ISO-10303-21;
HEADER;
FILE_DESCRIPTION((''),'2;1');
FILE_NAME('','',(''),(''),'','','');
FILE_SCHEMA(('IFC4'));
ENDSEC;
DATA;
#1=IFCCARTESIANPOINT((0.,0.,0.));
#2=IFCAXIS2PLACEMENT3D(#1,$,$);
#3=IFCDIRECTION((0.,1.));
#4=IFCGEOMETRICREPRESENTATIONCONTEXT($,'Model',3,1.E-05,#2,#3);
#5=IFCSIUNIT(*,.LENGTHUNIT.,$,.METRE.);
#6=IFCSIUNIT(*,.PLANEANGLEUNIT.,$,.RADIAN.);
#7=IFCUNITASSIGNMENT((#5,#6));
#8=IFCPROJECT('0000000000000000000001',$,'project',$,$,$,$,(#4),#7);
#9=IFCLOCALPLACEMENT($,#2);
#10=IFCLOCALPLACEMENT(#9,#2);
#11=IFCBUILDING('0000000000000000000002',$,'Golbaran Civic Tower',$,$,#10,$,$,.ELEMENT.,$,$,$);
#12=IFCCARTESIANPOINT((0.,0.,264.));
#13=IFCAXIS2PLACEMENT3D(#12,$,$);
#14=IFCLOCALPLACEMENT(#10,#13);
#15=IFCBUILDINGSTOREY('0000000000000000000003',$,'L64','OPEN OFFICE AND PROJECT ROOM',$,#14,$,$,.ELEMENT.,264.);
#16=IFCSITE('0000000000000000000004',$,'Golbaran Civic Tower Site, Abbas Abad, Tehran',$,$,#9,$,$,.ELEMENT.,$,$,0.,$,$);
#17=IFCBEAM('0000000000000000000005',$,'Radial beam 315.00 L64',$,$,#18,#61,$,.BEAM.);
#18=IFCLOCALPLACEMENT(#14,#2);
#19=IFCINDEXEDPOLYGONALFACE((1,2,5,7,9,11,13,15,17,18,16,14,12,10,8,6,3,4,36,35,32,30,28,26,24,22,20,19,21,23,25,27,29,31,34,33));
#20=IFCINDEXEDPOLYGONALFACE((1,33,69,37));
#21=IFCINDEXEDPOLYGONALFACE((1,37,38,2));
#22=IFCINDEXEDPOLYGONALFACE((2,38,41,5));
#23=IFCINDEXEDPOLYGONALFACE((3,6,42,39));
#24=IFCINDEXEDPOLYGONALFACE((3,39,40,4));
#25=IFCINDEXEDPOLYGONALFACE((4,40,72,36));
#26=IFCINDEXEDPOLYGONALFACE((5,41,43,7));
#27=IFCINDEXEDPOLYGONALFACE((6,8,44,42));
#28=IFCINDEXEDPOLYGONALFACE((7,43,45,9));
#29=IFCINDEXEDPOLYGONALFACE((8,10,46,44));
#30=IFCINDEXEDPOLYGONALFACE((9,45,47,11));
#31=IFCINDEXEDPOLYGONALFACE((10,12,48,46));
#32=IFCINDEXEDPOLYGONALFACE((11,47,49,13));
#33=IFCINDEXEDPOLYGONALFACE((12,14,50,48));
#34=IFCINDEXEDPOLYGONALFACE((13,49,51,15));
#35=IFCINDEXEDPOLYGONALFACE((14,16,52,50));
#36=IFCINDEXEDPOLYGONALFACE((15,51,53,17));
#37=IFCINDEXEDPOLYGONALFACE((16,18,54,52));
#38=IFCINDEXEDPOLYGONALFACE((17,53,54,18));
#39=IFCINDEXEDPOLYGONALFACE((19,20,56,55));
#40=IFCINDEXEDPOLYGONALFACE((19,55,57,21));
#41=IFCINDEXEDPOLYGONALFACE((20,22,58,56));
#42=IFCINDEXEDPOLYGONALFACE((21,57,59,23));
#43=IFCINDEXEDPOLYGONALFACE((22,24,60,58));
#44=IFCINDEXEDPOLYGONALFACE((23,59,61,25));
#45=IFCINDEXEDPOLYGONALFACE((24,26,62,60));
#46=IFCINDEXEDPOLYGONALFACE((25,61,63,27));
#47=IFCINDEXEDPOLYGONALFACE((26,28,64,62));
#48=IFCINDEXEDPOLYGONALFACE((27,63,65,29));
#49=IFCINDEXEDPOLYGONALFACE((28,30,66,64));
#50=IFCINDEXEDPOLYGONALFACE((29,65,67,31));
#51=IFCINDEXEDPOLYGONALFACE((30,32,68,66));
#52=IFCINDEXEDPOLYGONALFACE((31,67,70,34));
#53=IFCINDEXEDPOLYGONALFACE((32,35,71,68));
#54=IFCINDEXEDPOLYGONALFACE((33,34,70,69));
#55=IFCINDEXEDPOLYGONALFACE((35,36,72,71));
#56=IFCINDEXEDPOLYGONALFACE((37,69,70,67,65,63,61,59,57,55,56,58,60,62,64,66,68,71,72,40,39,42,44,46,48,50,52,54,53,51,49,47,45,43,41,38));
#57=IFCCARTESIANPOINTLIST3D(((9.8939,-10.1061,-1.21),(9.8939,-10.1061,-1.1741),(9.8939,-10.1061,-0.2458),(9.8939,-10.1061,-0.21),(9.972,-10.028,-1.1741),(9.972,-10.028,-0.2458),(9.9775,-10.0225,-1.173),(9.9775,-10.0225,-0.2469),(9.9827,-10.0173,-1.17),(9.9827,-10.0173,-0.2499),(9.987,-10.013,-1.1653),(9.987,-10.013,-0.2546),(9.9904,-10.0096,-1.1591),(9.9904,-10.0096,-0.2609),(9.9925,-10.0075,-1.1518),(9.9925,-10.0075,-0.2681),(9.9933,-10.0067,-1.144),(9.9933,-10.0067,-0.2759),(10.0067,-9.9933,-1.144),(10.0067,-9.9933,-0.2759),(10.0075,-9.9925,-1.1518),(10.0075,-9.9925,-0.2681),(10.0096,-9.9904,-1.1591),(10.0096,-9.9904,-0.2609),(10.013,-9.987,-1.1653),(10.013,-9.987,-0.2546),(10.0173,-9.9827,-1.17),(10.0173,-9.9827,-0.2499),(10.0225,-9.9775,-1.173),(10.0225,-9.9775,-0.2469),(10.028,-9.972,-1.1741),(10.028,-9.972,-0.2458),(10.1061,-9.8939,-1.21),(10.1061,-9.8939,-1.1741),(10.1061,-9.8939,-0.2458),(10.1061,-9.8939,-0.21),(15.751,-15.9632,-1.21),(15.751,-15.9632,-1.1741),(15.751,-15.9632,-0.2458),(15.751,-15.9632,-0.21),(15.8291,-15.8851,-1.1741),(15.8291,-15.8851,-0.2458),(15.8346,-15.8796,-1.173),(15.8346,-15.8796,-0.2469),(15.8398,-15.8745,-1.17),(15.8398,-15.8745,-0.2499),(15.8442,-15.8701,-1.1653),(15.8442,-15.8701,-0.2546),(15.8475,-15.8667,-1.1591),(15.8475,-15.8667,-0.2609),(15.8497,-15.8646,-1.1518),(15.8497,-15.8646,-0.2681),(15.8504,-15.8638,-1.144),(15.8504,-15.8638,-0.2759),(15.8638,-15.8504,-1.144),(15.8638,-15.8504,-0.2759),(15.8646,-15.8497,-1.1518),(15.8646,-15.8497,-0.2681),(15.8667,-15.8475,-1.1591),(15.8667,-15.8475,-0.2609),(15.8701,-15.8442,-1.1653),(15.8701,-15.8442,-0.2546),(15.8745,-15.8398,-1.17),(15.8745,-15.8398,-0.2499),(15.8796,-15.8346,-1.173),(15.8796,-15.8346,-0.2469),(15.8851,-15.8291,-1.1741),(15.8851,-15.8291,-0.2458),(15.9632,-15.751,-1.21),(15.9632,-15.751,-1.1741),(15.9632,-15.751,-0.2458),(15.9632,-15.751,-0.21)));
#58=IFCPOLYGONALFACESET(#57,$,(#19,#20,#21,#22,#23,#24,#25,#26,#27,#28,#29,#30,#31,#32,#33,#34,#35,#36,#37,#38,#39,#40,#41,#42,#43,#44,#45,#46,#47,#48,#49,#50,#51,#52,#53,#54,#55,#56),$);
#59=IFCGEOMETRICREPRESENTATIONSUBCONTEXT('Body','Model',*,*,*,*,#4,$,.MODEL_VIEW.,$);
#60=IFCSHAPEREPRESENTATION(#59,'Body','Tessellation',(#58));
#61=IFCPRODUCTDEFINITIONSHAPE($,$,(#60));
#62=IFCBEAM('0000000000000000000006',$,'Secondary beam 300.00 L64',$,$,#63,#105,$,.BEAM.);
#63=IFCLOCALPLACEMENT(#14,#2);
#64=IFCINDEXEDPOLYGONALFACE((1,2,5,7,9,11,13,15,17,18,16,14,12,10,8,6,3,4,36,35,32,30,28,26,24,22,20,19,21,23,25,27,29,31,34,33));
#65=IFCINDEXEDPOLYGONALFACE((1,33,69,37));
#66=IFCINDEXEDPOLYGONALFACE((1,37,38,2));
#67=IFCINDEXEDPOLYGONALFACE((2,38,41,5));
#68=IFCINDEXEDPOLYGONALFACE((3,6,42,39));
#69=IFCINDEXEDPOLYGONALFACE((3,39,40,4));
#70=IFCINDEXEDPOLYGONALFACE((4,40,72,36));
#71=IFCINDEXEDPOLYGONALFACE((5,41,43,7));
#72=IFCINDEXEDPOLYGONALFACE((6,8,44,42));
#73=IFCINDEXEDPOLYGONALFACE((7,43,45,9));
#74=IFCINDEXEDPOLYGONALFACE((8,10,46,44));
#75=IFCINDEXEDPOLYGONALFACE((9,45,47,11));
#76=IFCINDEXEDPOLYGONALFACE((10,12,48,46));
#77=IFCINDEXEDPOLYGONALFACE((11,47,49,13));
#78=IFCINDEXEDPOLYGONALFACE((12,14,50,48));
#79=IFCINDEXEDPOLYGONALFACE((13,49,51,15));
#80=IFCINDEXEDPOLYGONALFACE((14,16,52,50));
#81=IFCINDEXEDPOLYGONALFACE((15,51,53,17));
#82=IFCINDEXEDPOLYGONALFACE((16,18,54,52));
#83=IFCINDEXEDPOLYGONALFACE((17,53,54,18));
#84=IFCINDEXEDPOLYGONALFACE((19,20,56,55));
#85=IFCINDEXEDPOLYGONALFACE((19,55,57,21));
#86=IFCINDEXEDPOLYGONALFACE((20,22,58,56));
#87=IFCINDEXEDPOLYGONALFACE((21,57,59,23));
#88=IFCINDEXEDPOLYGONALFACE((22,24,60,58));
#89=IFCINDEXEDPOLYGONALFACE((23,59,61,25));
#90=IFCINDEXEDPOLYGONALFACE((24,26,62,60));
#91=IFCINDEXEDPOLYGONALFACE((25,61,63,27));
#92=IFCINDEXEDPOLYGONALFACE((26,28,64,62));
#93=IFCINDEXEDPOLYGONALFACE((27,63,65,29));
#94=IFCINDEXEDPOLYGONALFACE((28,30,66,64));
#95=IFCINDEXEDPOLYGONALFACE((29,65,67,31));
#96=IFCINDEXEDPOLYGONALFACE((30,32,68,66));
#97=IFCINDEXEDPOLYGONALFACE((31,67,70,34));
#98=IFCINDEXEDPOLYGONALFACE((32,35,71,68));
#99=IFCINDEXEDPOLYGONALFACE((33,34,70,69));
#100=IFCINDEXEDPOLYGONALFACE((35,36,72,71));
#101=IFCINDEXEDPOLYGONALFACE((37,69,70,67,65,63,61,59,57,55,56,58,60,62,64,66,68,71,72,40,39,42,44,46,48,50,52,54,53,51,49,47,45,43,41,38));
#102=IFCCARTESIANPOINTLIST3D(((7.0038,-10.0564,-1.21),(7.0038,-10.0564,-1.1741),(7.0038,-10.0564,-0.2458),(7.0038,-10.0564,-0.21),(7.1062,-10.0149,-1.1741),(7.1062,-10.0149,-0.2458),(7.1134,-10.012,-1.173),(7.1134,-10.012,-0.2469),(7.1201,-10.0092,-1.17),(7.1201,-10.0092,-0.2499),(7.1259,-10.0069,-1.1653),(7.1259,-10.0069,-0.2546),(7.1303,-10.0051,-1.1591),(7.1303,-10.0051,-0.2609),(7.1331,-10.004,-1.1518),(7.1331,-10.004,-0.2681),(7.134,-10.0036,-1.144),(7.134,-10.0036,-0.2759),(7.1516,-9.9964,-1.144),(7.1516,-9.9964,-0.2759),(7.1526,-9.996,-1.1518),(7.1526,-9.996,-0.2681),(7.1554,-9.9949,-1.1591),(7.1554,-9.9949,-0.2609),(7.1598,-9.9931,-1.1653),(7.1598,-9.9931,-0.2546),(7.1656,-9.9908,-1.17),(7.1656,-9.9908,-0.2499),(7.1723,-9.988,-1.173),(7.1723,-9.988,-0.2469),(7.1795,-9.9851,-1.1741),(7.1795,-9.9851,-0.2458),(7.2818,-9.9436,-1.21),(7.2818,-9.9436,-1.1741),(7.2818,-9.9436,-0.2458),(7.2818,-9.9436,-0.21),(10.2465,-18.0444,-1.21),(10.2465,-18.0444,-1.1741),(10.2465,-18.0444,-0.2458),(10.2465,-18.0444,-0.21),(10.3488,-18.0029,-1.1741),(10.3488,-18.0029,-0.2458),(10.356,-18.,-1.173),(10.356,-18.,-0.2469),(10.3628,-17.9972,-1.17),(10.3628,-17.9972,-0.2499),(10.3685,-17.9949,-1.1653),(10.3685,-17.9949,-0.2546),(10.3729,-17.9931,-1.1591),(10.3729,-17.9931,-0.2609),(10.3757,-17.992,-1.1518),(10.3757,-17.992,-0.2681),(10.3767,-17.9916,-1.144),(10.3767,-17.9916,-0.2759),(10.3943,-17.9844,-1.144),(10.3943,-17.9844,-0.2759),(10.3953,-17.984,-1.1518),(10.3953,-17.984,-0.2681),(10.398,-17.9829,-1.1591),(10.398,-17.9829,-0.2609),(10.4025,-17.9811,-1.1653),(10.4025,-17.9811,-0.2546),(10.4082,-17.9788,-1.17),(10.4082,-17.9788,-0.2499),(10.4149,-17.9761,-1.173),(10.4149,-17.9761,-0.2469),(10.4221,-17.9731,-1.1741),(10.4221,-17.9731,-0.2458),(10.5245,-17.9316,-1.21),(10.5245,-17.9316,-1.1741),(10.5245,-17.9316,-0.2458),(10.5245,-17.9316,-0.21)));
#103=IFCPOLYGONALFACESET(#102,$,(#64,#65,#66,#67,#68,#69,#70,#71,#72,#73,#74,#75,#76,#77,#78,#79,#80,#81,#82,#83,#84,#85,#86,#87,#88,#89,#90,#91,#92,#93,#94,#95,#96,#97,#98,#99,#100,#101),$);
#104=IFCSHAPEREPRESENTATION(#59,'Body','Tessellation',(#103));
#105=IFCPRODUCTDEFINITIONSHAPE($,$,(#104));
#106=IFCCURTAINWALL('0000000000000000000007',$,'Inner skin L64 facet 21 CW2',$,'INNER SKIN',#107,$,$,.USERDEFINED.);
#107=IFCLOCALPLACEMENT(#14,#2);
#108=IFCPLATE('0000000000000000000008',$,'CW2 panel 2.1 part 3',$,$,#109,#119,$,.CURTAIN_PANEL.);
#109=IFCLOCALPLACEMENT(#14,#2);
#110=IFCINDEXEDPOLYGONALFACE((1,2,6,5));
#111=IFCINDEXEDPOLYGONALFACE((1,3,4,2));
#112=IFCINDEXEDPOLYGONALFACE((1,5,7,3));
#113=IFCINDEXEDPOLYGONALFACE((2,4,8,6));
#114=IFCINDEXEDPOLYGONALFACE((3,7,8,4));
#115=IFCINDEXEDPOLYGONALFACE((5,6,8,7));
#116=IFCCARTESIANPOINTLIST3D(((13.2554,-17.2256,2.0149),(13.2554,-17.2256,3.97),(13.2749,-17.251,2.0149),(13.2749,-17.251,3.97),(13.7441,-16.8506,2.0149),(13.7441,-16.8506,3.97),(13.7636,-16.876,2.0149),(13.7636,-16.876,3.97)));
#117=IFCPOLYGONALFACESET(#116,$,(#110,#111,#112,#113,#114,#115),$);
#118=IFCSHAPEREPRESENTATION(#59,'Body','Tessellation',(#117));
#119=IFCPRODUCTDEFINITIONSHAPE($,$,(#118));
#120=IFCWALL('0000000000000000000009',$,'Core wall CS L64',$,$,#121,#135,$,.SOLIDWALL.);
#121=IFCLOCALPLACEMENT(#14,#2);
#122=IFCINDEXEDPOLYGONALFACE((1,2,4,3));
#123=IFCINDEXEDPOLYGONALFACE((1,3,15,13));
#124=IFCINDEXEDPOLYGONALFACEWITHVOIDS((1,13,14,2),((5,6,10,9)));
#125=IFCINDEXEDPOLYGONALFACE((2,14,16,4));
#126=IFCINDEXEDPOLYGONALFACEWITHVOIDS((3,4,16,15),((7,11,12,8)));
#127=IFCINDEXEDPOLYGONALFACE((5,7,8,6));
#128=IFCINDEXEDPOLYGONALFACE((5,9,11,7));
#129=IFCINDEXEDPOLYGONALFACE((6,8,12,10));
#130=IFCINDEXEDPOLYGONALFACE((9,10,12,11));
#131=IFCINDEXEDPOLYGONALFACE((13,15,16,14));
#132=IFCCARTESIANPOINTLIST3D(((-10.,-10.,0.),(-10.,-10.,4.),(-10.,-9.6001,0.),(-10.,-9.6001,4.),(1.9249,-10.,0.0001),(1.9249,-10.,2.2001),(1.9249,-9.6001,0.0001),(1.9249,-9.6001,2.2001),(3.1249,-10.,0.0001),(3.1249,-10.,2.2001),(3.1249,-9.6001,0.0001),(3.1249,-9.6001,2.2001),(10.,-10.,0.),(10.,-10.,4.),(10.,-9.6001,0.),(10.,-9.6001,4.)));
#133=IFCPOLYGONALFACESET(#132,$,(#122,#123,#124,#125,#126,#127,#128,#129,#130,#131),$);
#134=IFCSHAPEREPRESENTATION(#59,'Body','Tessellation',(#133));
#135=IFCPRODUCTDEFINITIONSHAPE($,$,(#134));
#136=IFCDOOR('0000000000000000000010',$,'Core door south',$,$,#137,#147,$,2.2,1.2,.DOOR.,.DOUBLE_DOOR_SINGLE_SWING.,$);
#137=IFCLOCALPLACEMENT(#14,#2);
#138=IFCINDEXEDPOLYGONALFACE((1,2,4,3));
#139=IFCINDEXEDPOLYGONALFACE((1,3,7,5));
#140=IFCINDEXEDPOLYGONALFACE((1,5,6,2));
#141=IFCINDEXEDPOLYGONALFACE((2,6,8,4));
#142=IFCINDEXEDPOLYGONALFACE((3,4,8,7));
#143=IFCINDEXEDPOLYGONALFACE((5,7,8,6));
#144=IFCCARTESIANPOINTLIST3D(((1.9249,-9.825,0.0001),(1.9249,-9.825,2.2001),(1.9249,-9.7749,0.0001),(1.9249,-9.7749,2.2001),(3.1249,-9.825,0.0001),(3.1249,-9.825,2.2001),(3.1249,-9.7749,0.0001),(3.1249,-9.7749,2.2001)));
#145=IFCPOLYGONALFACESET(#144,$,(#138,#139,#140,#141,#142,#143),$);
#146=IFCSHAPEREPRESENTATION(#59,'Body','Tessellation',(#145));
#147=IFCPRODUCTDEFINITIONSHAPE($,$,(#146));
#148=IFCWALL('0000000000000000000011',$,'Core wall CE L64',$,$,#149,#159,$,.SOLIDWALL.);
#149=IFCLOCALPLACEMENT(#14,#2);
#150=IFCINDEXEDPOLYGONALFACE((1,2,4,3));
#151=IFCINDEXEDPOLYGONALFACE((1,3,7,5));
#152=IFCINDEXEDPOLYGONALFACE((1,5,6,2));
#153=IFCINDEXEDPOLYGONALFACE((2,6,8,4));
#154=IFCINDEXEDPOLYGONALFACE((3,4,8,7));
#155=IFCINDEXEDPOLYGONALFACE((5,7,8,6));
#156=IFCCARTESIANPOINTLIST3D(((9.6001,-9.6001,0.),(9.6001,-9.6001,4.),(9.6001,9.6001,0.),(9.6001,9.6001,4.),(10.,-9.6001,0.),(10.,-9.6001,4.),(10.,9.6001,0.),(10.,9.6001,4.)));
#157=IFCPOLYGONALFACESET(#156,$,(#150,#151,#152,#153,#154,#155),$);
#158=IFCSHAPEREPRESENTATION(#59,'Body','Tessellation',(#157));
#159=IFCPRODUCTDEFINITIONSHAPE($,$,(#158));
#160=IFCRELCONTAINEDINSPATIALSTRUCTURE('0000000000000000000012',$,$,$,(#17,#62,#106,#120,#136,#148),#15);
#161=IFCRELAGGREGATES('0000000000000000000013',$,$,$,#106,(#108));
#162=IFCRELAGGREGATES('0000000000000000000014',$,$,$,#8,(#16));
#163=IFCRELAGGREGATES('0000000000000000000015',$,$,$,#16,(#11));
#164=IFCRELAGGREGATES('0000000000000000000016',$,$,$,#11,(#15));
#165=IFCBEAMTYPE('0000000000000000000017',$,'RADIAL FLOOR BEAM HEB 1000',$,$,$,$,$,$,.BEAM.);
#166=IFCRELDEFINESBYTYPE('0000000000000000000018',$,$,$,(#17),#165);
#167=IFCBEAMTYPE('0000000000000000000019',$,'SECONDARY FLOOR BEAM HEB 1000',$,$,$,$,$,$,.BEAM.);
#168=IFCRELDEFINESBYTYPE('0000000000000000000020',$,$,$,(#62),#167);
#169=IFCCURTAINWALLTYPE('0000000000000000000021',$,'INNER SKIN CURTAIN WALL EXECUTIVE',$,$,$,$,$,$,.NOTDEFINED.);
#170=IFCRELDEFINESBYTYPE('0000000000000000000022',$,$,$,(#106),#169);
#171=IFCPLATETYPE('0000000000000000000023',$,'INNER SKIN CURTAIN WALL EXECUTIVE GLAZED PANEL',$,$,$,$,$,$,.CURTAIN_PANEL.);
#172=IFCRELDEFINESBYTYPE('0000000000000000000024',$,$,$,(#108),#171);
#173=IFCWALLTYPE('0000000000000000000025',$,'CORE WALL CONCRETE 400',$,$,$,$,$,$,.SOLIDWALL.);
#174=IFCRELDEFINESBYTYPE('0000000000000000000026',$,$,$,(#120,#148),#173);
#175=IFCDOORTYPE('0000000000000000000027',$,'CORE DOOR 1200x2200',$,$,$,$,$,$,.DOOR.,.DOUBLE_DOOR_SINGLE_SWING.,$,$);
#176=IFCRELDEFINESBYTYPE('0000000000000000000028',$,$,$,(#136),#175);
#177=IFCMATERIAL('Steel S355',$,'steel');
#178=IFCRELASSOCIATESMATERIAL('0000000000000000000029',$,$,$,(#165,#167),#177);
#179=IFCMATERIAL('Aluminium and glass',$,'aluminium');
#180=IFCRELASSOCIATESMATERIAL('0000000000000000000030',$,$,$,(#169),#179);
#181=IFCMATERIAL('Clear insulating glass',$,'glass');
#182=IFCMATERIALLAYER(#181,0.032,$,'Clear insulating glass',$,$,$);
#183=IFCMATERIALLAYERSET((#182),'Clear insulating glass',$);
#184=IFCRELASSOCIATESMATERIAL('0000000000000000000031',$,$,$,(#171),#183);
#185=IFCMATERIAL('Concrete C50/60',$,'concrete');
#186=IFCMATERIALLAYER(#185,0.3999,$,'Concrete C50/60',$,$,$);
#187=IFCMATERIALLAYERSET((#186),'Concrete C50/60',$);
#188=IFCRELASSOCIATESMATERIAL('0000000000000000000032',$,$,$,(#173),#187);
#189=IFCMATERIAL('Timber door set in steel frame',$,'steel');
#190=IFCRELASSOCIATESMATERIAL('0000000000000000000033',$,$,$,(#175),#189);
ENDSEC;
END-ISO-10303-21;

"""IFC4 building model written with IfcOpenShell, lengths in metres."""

from ifc_helpers import new_model, si_unit, direction, frame, frame_2d, origin, origin_2d, place, context, subcontext, project, spatial, rectangle, i_section, extrude, material, layer, layer_set, material_profile, profile_set, type_object, element, fill, aggregate, save


model = new_model("IFC4")

# Units and contexts
model_context = context("Model", 3, precision=1e-05, world=origin(), true_north=direction((0.0, 1.0)))
body_context = subcontext(model_context, "Body", "Model", "MODEL_VIEW")
ifc_project = project(units=[si_unit("LENGTHUNIT", "METRE"), si_unit("PLANEANGLEUNIT", "RADIAN")], contexts=[model_context])

# Site, building, storey
site_placement = place(None, origin())
site = spatial("IfcSite", under=ifc_project, at=site_placement, Name="Golbaran Civic Tower Site, Abbas Abad, Tehran", CompositionType="ELEMENT", RefElevation=0.0)
building_placement = place(site_placement, origin())
building = spatial("IfcBuilding", under=site, at=building_placement, Name="Golbaran Civic Tower", CompositionType="ELEMENT")
storey_placement = place(building_placement, frame((0.0, 0.0, 264.0)))
storey = spatial("IfcBuildingStorey", under=building, at=storey_placement, Name="L64", Description="OPEN OFFICE AND PROJECT ROOM", CompositionType="ELEMENT", Elevation=264.0)

# Beams
ifc_material_1 = material(Name="Steel S355", Category="steel")
ifc_material_profile_1 = material_profile(ifc_material_1, i_section(OverallWidth=0.3, OverallDepth=1.0, WebThickness=0.019, FlangeThickness=0.0359, FilletRadius=0.03, at=origin_2d()), Name="HEB 1000")
ifc_profile_set_1 = profile_set([ifc_material_profile_1], Name="Steel S355")
beam_type_1 = type_object("IfcBeamType", Name="RADIAL FLOOR BEAM HEB 1000", PredefinedType="BEAM", material=ifc_profile_set_1)
beam_1_placement = place(storey_placement, frame((10.0, -10.0, -0.71), z_axis=(0.707107, -0.707107, 0.0), x_axis=(0.707107, 0.707107, 0.0)))
element("IfcBeam", 1, at=beam_1_placement, inside=storey, type_object=beam_type_1, Name="Radial beam 315.00 L64", PredefinedType="BEAM", context=body_context, shape_type="SweptSolid", body=[
    extrude(i_section(OverallWidth=0.3, OverallDepth=1.0, WebThickness=0.019, FlangeThickness=0.0359, FilletRadius=0.03, at=origin_2d()), origin(), (0.0, 0.0, 1.0), 8.2832),
])
ifc_material_profile_2 = material_profile(ifc_material_1, i_section(OverallWidth=0.3, OverallDepth=1.0, WebThickness=0.019, FlangeThickness=0.0359, FilletRadius=0.03, at=origin_2d()), Name="HEB 1000")
ifc_profile_set_2 = profile_set([ifc_material_profile_2], Name="Steel S355")
beam_type_2 = type_object("IfcBeamType", Name="SECONDARY FLOOR BEAM HEB 1000", PredefinedType="BEAM", material=ifc_profile_set_2)
beam_2_placement = place(storey_placement, frame((7.1428, -10.0, -0.71), z_axis=(0.376132, -0.926566, 0.0), x_axis=(0.926566, 0.376132, 0.0)))
element("IfcBeam", 2, at=beam_2_placement, inside=storey, type_object=beam_type_2, Name="Secondary beam 300.00 L64", PredefinedType="BEAM", context=body_context, shape_type="SweptSolid", body=[
    extrude(i_section(OverallWidth=0.3, OverallDepth=1.0, WebThickness=0.019, FlangeThickness=0.0359, FilletRadius=0.03, at=origin_2d()), origin(), (0.0, 0.0, 1.0), 8.6211),
])

# Curtain wall, plate
ifc_material_2 = material(Name="Aluminium and glass", Category="aluminium")
curtain_wall_type = type_object("IfcCurtainWallType", Name="INNER SKIN CURTAIN WALL EXECUTIVE", PredefinedType="NOTDEFINED", material=ifc_material_2)
curtain_wall_placement = place(storey_placement, origin())
curtain_wall = element("IfcCurtainWall", 3, at=curtain_wall_placement, inside=storey, type_object=curtain_wall_type, Name="Inner skin L64 facet 21 CW2", ObjectType="INNER SKIN", PredefinedType="USERDEFINED")
ifc_material_3 = material(Name="Clear insulating glass", Category="glass")
ifc_layer_1 = layer(ifc_material_3, 0.032, Name="Clear insulating glass")
ifc_layer_set_1 = layer_set([ifc_layer_1], Name="Clear insulating glass")
plate_type = type_object("IfcPlateType", Name="INNER SKIN CURTAIN WALL EXECUTIVE GLAZED PANEL", PredefinedType="CURTAIN_PANEL", material=ifc_layer_set_1)
plate_placement = place(storey_placement, frame((13.5095, -17.0508, 2.0149), z_axis=(0.0, 0.0, 1.0), x_axis=(0.793353, 0.608761, 0.0)))
plate = element("IfcPlate", 4, at=plate_placement, type_object=plate_type, Name="CW2 panel 2.1 part 3", PredefinedType="CURTAIN_PANEL", context=body_context, shape_type="SweptSolid", body=[
    extrude(rectangle(XDim=0.616, YDim=0.032, at=origin_2d()), origin(), (0.0, 0.0, 1.0), 1.9551),
])
aggregate(curtain_wall, [plate])

# Wall, opening, door
ifc_material_4 = material(Name="Concrete C50/60", Category="concrete")
ifc_layer_2 = layer(ifc_material_4, 0.3999, Name="Concrete C50/60")
ifc_layer_set_2 = layer_set([ifc_layer_2], Name="Concrete C50/60")
wall_type_1 = type_object("IfcWallType", Name="CORE WALL CONCRETE 400", PredefinedType="SOLIDWALL", material=ifc_layer_set_2)
wall_1_placement = place(storey_placement, frame((10.0, -9.8, 0.0), z_axis=(0.0, 0.0, 1.0), x_axis=(-1.0, 0.0, 0.0)))
wall_1 = element("IfcWall", 5, at=wall_1_placement, inside=storey, type_object=wall_type_1, Name="Core wall CS L64", PredefinedType="SOLIDWALL", context=body_context, shape_type="SweptSolid", body=[
    extrude(rectangle(XDim=20.0, YDim=0.3999, at=frame_2d((10.0, 0.0))), origin(), (0.0, 0.0, 1.0), 4.0),
])
opening_1_placement = place(wall_1_placement, frame((6.875, 0.0, 0.0)))
opening_1 = element("IfcOpeningElement", 6, at=opening_1_placement, cuts=wall_1, PredefinedType="OPENING", context=body_context, shape_type="SweptSolid", body=[
    extrude(rectangle(XDim=1.2, YDim=2.2, at=frame_2d((0.6001, 1.1001))), frame((0.0, 0.21, 0.0), z_axis=(0.0, -1.0, 0.0), x_axis=(1.0, 0.0, 0.0)), (0.0, 0.0, 1.0), 0.4199),
])
ifc_material_5 = material(Name="Timber door set in steel frame", Category="steel")
door_type_1 = type_object("IfcDoorType", Name="CORE DOOR 1200x2200", OperationType="DOUBLE_DOOR_SINGLE_SWING", PredefinedType="DOOR", material=ifc_material_5)
door_1_placement = place(opening_1_placement, origin())
door_1 = element("IfcDoor", 7, at=door_1_placement, inside=storey, type_object=door_type_1, Name="Core door south", OperationType="DOUBLE_DOOR_SINGLE_SWING", OverallHeight=2.2, OverallWidth=1.2, PredefinedType="DOOR", context=body_context, shape_type="SweptSolid", body=[
    extrude(rectangle(XDim=1.2, YDim=2.2, at=frame_2d((0.6001, 1.1001))), frame((0.0, 0.0249, 0.0), z_axis=(0.0, -1.0, 0.0), x_axis=(1.0, 0.0, 0.0)), (0.0, 0.0, 1.0), 0.05),
])
fill(opening_1, door_1)

# Wall
wall_2_placement = place(storey_placement, frame((9.8, -9.6001, 0.0), z_axis=(0.0, 0.0, 1.0), x_axis=(0.0, 1.0, 0.0)))
element("IfcWall", 8, at=wall_2_placement, inside=storey, type_object=wall_type_1, Name="Core wall CE L64", PredefinedType="SOLIDWALL", context=body_context, shape_type="SweptSolid", body=[
    extrude(rectangle(XDim=19.2002, YDim=0.3999, at=frame_2d((9.6001, 0.0))), origin(), (0.0, 0.0, 1.0), 4.0),
])

save(model, "model.ifc")
